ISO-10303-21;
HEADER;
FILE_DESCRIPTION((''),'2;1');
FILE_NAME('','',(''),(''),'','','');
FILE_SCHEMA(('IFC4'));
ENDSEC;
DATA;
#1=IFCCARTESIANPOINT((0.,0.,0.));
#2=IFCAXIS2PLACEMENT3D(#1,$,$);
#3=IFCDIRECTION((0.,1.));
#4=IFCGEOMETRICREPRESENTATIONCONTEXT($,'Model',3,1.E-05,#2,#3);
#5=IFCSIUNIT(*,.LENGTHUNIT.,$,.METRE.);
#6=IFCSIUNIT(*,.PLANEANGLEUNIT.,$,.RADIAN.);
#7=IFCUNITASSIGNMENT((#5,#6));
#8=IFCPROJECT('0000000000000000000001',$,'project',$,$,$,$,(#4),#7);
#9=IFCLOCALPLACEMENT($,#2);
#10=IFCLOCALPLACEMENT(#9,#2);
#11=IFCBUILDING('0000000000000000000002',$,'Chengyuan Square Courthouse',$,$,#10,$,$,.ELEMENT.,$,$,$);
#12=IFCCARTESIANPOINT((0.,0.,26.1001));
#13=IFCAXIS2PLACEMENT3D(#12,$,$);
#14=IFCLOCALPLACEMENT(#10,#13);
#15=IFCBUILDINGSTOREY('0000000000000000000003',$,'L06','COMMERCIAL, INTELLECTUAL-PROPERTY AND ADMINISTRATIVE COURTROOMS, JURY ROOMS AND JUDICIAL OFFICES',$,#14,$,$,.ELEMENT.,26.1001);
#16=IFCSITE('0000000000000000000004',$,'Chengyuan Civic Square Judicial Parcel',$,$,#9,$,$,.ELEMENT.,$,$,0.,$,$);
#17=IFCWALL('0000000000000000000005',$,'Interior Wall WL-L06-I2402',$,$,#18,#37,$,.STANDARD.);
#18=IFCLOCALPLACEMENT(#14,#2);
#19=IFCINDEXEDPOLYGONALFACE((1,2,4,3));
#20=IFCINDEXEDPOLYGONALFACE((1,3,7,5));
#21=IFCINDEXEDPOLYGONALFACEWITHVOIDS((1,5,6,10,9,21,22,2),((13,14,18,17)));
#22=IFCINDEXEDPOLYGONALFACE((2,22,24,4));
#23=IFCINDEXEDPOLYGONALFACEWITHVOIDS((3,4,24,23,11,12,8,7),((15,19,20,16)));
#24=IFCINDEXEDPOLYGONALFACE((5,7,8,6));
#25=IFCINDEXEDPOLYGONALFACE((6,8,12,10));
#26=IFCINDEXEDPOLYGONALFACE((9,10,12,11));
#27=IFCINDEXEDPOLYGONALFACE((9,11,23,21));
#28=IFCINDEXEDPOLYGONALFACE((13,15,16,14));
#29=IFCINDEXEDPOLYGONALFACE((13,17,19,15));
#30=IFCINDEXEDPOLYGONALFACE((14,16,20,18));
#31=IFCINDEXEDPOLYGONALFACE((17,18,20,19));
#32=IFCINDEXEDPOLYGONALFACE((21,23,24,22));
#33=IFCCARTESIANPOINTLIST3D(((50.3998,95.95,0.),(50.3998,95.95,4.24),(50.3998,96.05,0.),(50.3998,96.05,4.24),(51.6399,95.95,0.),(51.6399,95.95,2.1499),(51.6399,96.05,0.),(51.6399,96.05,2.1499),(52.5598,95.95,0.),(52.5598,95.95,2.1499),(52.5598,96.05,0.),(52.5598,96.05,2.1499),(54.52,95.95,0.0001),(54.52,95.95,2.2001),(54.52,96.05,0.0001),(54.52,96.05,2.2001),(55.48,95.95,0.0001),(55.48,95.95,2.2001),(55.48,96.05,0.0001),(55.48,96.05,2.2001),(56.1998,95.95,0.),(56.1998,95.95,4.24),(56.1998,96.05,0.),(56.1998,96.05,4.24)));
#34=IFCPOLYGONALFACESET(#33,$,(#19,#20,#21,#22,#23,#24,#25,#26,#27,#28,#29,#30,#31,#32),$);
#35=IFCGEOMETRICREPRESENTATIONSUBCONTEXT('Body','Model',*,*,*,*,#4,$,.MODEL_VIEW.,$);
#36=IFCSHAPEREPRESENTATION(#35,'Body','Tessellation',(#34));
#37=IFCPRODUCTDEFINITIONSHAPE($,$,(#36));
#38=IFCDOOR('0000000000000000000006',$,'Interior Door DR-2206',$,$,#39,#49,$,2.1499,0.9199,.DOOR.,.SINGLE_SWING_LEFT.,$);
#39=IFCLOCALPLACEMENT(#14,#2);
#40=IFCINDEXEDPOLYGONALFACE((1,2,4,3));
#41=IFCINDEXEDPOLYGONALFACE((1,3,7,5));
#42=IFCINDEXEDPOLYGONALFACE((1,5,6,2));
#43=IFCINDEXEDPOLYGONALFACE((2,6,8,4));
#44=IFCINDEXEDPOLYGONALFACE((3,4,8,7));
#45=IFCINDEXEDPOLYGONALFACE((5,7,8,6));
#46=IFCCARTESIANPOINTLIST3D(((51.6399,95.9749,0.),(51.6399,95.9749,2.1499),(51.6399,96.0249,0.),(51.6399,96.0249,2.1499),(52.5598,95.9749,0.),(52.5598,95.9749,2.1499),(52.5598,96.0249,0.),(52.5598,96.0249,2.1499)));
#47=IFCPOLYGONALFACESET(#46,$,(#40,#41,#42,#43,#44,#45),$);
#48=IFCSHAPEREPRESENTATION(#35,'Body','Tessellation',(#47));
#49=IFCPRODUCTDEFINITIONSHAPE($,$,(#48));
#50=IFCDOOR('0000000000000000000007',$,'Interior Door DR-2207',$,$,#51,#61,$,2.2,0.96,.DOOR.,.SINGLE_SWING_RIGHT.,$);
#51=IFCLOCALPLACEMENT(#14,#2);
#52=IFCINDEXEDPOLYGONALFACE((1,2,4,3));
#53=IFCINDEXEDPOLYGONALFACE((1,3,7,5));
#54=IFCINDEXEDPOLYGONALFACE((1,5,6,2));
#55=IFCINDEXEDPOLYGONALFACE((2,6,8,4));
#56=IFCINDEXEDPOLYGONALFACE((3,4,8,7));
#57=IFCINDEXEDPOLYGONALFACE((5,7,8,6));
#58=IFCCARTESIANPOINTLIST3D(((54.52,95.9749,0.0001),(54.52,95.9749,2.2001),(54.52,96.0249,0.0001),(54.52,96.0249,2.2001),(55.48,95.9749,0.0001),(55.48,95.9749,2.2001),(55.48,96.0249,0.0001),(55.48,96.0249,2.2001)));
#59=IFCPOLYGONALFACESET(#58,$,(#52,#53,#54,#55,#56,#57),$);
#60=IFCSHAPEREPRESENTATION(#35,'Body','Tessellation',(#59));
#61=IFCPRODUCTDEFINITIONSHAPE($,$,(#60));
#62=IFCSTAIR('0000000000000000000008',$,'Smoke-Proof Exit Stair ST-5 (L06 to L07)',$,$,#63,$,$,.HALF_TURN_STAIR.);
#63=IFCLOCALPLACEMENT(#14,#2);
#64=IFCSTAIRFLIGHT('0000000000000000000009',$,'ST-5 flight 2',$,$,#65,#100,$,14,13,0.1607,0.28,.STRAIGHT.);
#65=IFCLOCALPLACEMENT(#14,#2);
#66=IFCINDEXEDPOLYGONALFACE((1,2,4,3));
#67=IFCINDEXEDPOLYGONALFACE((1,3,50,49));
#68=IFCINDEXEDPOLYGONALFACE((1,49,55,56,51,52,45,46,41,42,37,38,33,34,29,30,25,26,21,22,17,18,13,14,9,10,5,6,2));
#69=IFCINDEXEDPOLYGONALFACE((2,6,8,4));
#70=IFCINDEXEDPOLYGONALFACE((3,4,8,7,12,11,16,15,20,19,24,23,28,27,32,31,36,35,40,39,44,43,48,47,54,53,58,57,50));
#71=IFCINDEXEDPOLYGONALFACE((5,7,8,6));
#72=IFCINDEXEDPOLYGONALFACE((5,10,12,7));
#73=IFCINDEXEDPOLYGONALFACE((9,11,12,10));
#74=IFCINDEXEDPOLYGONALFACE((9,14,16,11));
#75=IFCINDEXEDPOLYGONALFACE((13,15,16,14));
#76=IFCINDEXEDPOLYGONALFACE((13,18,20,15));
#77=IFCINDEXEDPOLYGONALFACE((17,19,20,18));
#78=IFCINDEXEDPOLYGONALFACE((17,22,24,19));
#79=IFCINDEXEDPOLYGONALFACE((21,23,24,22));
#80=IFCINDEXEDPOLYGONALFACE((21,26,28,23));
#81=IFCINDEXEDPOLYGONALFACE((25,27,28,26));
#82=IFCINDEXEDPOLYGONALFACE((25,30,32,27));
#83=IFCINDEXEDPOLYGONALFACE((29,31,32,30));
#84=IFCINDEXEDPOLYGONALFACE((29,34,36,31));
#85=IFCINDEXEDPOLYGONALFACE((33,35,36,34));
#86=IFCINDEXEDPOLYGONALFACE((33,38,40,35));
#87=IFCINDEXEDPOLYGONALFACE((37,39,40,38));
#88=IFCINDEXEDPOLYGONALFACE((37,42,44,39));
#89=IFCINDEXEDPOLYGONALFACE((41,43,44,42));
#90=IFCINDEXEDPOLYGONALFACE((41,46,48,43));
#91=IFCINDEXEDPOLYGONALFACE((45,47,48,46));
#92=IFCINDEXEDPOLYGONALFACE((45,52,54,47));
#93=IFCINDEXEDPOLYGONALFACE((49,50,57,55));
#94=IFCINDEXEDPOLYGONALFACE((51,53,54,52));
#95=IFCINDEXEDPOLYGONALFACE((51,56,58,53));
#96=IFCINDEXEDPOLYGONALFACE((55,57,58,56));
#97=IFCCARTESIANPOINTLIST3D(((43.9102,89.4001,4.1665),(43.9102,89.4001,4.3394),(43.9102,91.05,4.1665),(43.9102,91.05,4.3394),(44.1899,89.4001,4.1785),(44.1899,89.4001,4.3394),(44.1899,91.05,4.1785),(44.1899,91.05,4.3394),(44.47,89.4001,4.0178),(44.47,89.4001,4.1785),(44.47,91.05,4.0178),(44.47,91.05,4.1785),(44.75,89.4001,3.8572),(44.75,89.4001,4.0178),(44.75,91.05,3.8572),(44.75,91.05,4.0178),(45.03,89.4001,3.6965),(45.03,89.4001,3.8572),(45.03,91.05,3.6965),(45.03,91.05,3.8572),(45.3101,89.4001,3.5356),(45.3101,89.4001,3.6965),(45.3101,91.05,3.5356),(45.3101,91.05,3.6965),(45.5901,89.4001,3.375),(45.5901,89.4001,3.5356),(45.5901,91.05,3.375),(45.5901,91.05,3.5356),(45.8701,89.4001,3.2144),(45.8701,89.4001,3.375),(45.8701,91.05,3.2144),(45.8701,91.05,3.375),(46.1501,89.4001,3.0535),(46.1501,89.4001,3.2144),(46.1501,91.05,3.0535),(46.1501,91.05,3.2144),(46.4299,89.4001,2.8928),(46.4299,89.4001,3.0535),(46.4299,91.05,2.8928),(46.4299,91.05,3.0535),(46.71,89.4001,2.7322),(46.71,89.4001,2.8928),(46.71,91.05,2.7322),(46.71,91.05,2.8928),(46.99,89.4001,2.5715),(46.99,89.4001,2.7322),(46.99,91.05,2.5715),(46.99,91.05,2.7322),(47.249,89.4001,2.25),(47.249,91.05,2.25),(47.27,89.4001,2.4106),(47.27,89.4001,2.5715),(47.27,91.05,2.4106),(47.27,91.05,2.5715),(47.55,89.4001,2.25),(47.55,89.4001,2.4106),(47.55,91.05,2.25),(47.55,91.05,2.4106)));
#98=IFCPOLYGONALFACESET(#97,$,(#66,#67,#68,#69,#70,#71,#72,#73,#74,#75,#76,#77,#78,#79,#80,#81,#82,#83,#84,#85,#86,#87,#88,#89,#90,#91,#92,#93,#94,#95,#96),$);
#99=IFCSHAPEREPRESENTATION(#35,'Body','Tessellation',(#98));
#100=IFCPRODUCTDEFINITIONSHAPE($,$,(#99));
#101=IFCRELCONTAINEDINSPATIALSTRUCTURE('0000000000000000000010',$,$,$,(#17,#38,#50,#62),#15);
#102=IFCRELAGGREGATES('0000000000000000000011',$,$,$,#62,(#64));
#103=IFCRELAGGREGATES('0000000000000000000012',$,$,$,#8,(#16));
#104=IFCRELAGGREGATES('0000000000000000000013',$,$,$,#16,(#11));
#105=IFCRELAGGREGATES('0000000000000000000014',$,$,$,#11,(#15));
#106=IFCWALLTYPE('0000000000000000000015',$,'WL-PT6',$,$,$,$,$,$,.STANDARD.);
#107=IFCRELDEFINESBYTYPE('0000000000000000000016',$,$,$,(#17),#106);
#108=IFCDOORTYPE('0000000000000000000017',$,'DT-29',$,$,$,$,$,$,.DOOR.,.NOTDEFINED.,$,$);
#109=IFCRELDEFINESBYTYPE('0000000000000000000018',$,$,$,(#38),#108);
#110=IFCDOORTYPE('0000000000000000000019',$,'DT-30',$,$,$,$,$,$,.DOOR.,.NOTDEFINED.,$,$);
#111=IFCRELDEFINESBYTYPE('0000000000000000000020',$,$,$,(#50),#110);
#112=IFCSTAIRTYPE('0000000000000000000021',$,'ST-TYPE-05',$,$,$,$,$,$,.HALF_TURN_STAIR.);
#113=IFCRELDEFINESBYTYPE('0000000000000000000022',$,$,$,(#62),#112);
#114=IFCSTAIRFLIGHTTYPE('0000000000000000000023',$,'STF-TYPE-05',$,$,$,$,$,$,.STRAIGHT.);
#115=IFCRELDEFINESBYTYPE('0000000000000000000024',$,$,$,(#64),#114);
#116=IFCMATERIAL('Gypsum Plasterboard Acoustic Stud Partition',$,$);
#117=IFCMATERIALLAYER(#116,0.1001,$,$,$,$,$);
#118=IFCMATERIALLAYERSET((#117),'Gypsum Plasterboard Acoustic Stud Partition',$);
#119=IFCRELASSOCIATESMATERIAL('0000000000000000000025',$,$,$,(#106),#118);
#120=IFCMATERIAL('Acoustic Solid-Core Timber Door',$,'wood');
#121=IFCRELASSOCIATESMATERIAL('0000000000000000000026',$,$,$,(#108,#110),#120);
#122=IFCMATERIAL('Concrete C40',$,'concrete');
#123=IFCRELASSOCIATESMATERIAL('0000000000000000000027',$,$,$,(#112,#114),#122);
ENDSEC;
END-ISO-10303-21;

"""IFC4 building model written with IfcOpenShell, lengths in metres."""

from ifc_helpers import new_model, si_unit, direction, frame, frame_2d, origin, place, context, subcontext, project, spatial, polyline, rectangle, outline, extrude, material, layer, layer_set, type_object, element, fill, aggregate, save


model = new_model("IFC4")

# Units and contexts
model_context = context("Model", 3, precision=1e-05, world=origin(), true_north=direction((0.0, 1.0)))
body_context = subcontext(model_context, "Body", "Model", "MODEL_VIEW")
ifc_project = project(units=[si_unit("LENGTHUNIT", "METRE"), si_unit("PLANEANGLEUNIT", "RADIAN")], contexts=[model_context])

# Site, building, storey
site_placement = place(None, origin())
site = spatial("IfcSite", under=ifc_project, at=site_placement, Name="Chengyuan Civic Square Judicial Parcel", CompositionType="ELEMENT", RefElevation=0.0)
building_placement = place(site_placement, origin())
building = spatial("IfcBuilding", under=site, at=building_placement, Name="Chengyuan Square Courthouse", CompositionType="ELEMENT")
storey_placement = place(building_placement, frame((0.0, 0.0, 26.1001)))
storey = spatial("IfcBuildingStorey", under=building, at=storey_placement, Name="L06", Description="COMMERCIAL, INTELLECTUAL-PROPERTY AND ADMINISTRATIVE COURTROOMS, JURY ROOMS AND JUDICIAL OFFICES", CompositionType="ELEMENT", Elevation=26.1001)

# Shared definitions
ifc_material_1 = material(Name="Concrete C40", Category="concrete")

# Wall, openings, doors
ifc_material_2 = material(Name="Gypsum Plasterboard Acoustic Stud Partition")
ifc_layer_1 = layer(ifc_material_2, 0.1001)
ifc_layer_set_1 = layer_set([ifc_layer_1], Name="Gypsum Plasterboard Acoustic Stud Partition")
wall_type_1 = type_object("IfcWallType", Name="WL-PT6", PredefinedType="STANDARD", material=ifc_layer_set_1)
ifc_material_3 = material(Name="Acoustic Solid-Core Timber Door", Category="wood")
wall_1_placement = place(storey_placement, frame((50.3999, 96.0, 0.0), z_axis=(0.0, 0.0, 1.0), x_axis=(1.0, 0.0, 0.0)))
wall_1 = element("IfcWall", 1, at=wall_1_placement, inside=storey, type_object=wall_type_1, Name="Interior Wall WL-L06-I2402", PredefinedType="STANDARD", context=body_context, shape_type="SweptSolid", body=[
    extrude(rectangle(XDim=5.8, YDim=0.1001, at=frame_2d((2.8999, 0.0))), origin(), (0.0, 0.0, 1.0), 4.24),
])
opening_1_placement = place(wall_1_placement, frame((1.24, 0.0, 0.0)))
opening_1 = element("IfcOpeningElement", 2, at=opening_1_placement, cuts=wall_1, PredefinedType="OPENING", context=body_context, shape_type="SweptSolid", body=[
    extrude(rectangle(XDim=0.9199, YDim=2.1499, at=frame_2d((0.46, 1.075))), frame((0.0, 0.062, 0.0), z_axis=(0.0, -1.0, 0.0), x_axis=(1.0, 0.0, 0.0)), (0.0, 0.0, 1.0), 0.124),
])
opening_2_placement = place(wall_1_placement, frame((4.1201, 0.0, 0.0)))
opening_2 = element("IfcOpeningElement", 3, at=opening_2_placement, cuts=wall_1, PredefinedType="OPENING", context=body_context, shape_type="SweptSolid", body=[
    extrude(rectangle(XDim=0.96, YDim=2.2, at=frame_2d((0.48, 1.1001))), frame((0.0, 0.062, 0.0), z_axis=(0.0, -1.0, 0.0), x_axis=(1.0, 0.0, 0.0)), (0.0, 0.0, 1.0), 0.124),
])
door_type_1 = type_object("IfcDoorType", Name="DT-29", OperationType="NOTDEFINED", PredefinedType="DOOR", material=ifc_material_3)
door_1_placement = place(opening_1_placement, origin())
door_1 = element("IfcDoor", 4, at=door_1_placement, inside=storey, type_object=door_type_1, Name="Interior Door DR-2206", OperationType="SINGLE_SWING_LEFT", OverallHeight=2.1499, OverallWidth=0.9199, PredefinedType="DOOR", context=body_context, shape_type="SweptSolid", body=[
    extrude(rectangle(XDim=0.9199, YDim=2.1499, at=frame_2d((0.46, 1.075))), frame((0.0, 0.0249, 0.0), z_axis=(0.0, -1.0, 0.0), x_axis=(1.0, 0.0, 0.0)), (0.0, 0.0, 1.0), 0.05),
])
fill(opening_1, door_1)
door_type_2 = type_object("IfcDoorType", Name="DT-30", OperationType="NOTDEFINED", PredefinedType="DOOR", material=ifc_material_3)
door_2_placement = place(opening_2_placement, origin())
door_2 = element("IfcDoor", 5, at=door_2_placement, inside=storey, type_object=door_type_2, Name="Interior Door DR-2207", OperationType="SINGLE_SWING_RIGHT", OverallHeight=2.2, OverallWidth=0.96, PredefinedType="DOOR", context=body_context, shape_type="SweptSolid", body=[
    extrude(rectangle(XDim=0.96, YDim=2.2, at=frame_2d((0.48, 1.1001))), frame((0.0, 0.0249, 0.0), z_axis=(0.0, -1.0, 0.0), x_axis=(1.0, 0.0, 0.0)), (0.0, 0.0, 1.0), 0.05),
])
fill(opening_2, door_2)

# Stair, stair flight
stair_type = type_object("IfcStairType", Name="ST-TYPE-05", PredefinedType="HALF_TURN_STAIR", material=ifc_material_1)
stair_placement = place(storey_placement, origin())
stair = element("IfcStair", 6, at=stair_placement, inside=storey, type_object=stair_type, Name="Smoke-Proof Exit Stair ST-5 (L06 to L07)", PredefinedType="HALF_TURN_STAIR")
stair_flight_type = type_object("IfcStairFlightType", Name="STF-TYPE-05", PredefinedType="STRAIGHT", material=ifc_material_1)
stair_flight_placement = place(storey_placement, frame((47.55, 90.2251, 2.25), z_axis=(0.0, 0.0, 1.0), x_axis=(-1.0, 0.0, 0.0)))
stair_flight = element("IfcStairFlight", 7, at=stair_flight_placement, type_object=stair_flight_type, Name="ST-5 flight 2", NumberOfRisers=14, NumberOfTreads=13, PredefinedType="STRAIGHT", RiserHeight=0.1607, TreadLength=0.28, context=body_context, shape_type="SweptSolid", body=[
    extrude(outline(polyline([(0.0, 0.0), (0.0, 0.1606), (0.28, 0.1606), (0.28, 0.3215), (0.5601, 0.3215), (0.5601, 0.4822), (0.8401, 0.4822), (0.8401, 0.6428), (1.1201, 0.6428), (1.1201, 0.8035), (1.3999, 0.8035), (1.3999, 0.9644), (1.6799, 0.9644), (1.6799, 1.125), (1.96, 1.125), (1.96, 1.2856), (2.24, 1.2856), (2.24, 1.4465), (2.52, 1.4465), (2.52, 1.6072), (2.8, 1.6072), (2.8, 1.7678), (3.0801, 1.7678), (3.0801, 1.9285), (3.3601, 1.9285), (3.3601, 2.0894), (3.6399, 2.0894), (3.6399, 2.25), (3.6399, 1.9165), (0.301, 0.0), (0.0, 0.0)])), frame((0.0, 0.825, 0.0), z_axis=(0.0, -1.0, 0.0), x_axis=(1.0, 0.0, 0.0)), (0.0, 0.0, 1.0), 1.6499),
])
aggregate(stair, [stair_flight])

save(model, "model.ifc")
